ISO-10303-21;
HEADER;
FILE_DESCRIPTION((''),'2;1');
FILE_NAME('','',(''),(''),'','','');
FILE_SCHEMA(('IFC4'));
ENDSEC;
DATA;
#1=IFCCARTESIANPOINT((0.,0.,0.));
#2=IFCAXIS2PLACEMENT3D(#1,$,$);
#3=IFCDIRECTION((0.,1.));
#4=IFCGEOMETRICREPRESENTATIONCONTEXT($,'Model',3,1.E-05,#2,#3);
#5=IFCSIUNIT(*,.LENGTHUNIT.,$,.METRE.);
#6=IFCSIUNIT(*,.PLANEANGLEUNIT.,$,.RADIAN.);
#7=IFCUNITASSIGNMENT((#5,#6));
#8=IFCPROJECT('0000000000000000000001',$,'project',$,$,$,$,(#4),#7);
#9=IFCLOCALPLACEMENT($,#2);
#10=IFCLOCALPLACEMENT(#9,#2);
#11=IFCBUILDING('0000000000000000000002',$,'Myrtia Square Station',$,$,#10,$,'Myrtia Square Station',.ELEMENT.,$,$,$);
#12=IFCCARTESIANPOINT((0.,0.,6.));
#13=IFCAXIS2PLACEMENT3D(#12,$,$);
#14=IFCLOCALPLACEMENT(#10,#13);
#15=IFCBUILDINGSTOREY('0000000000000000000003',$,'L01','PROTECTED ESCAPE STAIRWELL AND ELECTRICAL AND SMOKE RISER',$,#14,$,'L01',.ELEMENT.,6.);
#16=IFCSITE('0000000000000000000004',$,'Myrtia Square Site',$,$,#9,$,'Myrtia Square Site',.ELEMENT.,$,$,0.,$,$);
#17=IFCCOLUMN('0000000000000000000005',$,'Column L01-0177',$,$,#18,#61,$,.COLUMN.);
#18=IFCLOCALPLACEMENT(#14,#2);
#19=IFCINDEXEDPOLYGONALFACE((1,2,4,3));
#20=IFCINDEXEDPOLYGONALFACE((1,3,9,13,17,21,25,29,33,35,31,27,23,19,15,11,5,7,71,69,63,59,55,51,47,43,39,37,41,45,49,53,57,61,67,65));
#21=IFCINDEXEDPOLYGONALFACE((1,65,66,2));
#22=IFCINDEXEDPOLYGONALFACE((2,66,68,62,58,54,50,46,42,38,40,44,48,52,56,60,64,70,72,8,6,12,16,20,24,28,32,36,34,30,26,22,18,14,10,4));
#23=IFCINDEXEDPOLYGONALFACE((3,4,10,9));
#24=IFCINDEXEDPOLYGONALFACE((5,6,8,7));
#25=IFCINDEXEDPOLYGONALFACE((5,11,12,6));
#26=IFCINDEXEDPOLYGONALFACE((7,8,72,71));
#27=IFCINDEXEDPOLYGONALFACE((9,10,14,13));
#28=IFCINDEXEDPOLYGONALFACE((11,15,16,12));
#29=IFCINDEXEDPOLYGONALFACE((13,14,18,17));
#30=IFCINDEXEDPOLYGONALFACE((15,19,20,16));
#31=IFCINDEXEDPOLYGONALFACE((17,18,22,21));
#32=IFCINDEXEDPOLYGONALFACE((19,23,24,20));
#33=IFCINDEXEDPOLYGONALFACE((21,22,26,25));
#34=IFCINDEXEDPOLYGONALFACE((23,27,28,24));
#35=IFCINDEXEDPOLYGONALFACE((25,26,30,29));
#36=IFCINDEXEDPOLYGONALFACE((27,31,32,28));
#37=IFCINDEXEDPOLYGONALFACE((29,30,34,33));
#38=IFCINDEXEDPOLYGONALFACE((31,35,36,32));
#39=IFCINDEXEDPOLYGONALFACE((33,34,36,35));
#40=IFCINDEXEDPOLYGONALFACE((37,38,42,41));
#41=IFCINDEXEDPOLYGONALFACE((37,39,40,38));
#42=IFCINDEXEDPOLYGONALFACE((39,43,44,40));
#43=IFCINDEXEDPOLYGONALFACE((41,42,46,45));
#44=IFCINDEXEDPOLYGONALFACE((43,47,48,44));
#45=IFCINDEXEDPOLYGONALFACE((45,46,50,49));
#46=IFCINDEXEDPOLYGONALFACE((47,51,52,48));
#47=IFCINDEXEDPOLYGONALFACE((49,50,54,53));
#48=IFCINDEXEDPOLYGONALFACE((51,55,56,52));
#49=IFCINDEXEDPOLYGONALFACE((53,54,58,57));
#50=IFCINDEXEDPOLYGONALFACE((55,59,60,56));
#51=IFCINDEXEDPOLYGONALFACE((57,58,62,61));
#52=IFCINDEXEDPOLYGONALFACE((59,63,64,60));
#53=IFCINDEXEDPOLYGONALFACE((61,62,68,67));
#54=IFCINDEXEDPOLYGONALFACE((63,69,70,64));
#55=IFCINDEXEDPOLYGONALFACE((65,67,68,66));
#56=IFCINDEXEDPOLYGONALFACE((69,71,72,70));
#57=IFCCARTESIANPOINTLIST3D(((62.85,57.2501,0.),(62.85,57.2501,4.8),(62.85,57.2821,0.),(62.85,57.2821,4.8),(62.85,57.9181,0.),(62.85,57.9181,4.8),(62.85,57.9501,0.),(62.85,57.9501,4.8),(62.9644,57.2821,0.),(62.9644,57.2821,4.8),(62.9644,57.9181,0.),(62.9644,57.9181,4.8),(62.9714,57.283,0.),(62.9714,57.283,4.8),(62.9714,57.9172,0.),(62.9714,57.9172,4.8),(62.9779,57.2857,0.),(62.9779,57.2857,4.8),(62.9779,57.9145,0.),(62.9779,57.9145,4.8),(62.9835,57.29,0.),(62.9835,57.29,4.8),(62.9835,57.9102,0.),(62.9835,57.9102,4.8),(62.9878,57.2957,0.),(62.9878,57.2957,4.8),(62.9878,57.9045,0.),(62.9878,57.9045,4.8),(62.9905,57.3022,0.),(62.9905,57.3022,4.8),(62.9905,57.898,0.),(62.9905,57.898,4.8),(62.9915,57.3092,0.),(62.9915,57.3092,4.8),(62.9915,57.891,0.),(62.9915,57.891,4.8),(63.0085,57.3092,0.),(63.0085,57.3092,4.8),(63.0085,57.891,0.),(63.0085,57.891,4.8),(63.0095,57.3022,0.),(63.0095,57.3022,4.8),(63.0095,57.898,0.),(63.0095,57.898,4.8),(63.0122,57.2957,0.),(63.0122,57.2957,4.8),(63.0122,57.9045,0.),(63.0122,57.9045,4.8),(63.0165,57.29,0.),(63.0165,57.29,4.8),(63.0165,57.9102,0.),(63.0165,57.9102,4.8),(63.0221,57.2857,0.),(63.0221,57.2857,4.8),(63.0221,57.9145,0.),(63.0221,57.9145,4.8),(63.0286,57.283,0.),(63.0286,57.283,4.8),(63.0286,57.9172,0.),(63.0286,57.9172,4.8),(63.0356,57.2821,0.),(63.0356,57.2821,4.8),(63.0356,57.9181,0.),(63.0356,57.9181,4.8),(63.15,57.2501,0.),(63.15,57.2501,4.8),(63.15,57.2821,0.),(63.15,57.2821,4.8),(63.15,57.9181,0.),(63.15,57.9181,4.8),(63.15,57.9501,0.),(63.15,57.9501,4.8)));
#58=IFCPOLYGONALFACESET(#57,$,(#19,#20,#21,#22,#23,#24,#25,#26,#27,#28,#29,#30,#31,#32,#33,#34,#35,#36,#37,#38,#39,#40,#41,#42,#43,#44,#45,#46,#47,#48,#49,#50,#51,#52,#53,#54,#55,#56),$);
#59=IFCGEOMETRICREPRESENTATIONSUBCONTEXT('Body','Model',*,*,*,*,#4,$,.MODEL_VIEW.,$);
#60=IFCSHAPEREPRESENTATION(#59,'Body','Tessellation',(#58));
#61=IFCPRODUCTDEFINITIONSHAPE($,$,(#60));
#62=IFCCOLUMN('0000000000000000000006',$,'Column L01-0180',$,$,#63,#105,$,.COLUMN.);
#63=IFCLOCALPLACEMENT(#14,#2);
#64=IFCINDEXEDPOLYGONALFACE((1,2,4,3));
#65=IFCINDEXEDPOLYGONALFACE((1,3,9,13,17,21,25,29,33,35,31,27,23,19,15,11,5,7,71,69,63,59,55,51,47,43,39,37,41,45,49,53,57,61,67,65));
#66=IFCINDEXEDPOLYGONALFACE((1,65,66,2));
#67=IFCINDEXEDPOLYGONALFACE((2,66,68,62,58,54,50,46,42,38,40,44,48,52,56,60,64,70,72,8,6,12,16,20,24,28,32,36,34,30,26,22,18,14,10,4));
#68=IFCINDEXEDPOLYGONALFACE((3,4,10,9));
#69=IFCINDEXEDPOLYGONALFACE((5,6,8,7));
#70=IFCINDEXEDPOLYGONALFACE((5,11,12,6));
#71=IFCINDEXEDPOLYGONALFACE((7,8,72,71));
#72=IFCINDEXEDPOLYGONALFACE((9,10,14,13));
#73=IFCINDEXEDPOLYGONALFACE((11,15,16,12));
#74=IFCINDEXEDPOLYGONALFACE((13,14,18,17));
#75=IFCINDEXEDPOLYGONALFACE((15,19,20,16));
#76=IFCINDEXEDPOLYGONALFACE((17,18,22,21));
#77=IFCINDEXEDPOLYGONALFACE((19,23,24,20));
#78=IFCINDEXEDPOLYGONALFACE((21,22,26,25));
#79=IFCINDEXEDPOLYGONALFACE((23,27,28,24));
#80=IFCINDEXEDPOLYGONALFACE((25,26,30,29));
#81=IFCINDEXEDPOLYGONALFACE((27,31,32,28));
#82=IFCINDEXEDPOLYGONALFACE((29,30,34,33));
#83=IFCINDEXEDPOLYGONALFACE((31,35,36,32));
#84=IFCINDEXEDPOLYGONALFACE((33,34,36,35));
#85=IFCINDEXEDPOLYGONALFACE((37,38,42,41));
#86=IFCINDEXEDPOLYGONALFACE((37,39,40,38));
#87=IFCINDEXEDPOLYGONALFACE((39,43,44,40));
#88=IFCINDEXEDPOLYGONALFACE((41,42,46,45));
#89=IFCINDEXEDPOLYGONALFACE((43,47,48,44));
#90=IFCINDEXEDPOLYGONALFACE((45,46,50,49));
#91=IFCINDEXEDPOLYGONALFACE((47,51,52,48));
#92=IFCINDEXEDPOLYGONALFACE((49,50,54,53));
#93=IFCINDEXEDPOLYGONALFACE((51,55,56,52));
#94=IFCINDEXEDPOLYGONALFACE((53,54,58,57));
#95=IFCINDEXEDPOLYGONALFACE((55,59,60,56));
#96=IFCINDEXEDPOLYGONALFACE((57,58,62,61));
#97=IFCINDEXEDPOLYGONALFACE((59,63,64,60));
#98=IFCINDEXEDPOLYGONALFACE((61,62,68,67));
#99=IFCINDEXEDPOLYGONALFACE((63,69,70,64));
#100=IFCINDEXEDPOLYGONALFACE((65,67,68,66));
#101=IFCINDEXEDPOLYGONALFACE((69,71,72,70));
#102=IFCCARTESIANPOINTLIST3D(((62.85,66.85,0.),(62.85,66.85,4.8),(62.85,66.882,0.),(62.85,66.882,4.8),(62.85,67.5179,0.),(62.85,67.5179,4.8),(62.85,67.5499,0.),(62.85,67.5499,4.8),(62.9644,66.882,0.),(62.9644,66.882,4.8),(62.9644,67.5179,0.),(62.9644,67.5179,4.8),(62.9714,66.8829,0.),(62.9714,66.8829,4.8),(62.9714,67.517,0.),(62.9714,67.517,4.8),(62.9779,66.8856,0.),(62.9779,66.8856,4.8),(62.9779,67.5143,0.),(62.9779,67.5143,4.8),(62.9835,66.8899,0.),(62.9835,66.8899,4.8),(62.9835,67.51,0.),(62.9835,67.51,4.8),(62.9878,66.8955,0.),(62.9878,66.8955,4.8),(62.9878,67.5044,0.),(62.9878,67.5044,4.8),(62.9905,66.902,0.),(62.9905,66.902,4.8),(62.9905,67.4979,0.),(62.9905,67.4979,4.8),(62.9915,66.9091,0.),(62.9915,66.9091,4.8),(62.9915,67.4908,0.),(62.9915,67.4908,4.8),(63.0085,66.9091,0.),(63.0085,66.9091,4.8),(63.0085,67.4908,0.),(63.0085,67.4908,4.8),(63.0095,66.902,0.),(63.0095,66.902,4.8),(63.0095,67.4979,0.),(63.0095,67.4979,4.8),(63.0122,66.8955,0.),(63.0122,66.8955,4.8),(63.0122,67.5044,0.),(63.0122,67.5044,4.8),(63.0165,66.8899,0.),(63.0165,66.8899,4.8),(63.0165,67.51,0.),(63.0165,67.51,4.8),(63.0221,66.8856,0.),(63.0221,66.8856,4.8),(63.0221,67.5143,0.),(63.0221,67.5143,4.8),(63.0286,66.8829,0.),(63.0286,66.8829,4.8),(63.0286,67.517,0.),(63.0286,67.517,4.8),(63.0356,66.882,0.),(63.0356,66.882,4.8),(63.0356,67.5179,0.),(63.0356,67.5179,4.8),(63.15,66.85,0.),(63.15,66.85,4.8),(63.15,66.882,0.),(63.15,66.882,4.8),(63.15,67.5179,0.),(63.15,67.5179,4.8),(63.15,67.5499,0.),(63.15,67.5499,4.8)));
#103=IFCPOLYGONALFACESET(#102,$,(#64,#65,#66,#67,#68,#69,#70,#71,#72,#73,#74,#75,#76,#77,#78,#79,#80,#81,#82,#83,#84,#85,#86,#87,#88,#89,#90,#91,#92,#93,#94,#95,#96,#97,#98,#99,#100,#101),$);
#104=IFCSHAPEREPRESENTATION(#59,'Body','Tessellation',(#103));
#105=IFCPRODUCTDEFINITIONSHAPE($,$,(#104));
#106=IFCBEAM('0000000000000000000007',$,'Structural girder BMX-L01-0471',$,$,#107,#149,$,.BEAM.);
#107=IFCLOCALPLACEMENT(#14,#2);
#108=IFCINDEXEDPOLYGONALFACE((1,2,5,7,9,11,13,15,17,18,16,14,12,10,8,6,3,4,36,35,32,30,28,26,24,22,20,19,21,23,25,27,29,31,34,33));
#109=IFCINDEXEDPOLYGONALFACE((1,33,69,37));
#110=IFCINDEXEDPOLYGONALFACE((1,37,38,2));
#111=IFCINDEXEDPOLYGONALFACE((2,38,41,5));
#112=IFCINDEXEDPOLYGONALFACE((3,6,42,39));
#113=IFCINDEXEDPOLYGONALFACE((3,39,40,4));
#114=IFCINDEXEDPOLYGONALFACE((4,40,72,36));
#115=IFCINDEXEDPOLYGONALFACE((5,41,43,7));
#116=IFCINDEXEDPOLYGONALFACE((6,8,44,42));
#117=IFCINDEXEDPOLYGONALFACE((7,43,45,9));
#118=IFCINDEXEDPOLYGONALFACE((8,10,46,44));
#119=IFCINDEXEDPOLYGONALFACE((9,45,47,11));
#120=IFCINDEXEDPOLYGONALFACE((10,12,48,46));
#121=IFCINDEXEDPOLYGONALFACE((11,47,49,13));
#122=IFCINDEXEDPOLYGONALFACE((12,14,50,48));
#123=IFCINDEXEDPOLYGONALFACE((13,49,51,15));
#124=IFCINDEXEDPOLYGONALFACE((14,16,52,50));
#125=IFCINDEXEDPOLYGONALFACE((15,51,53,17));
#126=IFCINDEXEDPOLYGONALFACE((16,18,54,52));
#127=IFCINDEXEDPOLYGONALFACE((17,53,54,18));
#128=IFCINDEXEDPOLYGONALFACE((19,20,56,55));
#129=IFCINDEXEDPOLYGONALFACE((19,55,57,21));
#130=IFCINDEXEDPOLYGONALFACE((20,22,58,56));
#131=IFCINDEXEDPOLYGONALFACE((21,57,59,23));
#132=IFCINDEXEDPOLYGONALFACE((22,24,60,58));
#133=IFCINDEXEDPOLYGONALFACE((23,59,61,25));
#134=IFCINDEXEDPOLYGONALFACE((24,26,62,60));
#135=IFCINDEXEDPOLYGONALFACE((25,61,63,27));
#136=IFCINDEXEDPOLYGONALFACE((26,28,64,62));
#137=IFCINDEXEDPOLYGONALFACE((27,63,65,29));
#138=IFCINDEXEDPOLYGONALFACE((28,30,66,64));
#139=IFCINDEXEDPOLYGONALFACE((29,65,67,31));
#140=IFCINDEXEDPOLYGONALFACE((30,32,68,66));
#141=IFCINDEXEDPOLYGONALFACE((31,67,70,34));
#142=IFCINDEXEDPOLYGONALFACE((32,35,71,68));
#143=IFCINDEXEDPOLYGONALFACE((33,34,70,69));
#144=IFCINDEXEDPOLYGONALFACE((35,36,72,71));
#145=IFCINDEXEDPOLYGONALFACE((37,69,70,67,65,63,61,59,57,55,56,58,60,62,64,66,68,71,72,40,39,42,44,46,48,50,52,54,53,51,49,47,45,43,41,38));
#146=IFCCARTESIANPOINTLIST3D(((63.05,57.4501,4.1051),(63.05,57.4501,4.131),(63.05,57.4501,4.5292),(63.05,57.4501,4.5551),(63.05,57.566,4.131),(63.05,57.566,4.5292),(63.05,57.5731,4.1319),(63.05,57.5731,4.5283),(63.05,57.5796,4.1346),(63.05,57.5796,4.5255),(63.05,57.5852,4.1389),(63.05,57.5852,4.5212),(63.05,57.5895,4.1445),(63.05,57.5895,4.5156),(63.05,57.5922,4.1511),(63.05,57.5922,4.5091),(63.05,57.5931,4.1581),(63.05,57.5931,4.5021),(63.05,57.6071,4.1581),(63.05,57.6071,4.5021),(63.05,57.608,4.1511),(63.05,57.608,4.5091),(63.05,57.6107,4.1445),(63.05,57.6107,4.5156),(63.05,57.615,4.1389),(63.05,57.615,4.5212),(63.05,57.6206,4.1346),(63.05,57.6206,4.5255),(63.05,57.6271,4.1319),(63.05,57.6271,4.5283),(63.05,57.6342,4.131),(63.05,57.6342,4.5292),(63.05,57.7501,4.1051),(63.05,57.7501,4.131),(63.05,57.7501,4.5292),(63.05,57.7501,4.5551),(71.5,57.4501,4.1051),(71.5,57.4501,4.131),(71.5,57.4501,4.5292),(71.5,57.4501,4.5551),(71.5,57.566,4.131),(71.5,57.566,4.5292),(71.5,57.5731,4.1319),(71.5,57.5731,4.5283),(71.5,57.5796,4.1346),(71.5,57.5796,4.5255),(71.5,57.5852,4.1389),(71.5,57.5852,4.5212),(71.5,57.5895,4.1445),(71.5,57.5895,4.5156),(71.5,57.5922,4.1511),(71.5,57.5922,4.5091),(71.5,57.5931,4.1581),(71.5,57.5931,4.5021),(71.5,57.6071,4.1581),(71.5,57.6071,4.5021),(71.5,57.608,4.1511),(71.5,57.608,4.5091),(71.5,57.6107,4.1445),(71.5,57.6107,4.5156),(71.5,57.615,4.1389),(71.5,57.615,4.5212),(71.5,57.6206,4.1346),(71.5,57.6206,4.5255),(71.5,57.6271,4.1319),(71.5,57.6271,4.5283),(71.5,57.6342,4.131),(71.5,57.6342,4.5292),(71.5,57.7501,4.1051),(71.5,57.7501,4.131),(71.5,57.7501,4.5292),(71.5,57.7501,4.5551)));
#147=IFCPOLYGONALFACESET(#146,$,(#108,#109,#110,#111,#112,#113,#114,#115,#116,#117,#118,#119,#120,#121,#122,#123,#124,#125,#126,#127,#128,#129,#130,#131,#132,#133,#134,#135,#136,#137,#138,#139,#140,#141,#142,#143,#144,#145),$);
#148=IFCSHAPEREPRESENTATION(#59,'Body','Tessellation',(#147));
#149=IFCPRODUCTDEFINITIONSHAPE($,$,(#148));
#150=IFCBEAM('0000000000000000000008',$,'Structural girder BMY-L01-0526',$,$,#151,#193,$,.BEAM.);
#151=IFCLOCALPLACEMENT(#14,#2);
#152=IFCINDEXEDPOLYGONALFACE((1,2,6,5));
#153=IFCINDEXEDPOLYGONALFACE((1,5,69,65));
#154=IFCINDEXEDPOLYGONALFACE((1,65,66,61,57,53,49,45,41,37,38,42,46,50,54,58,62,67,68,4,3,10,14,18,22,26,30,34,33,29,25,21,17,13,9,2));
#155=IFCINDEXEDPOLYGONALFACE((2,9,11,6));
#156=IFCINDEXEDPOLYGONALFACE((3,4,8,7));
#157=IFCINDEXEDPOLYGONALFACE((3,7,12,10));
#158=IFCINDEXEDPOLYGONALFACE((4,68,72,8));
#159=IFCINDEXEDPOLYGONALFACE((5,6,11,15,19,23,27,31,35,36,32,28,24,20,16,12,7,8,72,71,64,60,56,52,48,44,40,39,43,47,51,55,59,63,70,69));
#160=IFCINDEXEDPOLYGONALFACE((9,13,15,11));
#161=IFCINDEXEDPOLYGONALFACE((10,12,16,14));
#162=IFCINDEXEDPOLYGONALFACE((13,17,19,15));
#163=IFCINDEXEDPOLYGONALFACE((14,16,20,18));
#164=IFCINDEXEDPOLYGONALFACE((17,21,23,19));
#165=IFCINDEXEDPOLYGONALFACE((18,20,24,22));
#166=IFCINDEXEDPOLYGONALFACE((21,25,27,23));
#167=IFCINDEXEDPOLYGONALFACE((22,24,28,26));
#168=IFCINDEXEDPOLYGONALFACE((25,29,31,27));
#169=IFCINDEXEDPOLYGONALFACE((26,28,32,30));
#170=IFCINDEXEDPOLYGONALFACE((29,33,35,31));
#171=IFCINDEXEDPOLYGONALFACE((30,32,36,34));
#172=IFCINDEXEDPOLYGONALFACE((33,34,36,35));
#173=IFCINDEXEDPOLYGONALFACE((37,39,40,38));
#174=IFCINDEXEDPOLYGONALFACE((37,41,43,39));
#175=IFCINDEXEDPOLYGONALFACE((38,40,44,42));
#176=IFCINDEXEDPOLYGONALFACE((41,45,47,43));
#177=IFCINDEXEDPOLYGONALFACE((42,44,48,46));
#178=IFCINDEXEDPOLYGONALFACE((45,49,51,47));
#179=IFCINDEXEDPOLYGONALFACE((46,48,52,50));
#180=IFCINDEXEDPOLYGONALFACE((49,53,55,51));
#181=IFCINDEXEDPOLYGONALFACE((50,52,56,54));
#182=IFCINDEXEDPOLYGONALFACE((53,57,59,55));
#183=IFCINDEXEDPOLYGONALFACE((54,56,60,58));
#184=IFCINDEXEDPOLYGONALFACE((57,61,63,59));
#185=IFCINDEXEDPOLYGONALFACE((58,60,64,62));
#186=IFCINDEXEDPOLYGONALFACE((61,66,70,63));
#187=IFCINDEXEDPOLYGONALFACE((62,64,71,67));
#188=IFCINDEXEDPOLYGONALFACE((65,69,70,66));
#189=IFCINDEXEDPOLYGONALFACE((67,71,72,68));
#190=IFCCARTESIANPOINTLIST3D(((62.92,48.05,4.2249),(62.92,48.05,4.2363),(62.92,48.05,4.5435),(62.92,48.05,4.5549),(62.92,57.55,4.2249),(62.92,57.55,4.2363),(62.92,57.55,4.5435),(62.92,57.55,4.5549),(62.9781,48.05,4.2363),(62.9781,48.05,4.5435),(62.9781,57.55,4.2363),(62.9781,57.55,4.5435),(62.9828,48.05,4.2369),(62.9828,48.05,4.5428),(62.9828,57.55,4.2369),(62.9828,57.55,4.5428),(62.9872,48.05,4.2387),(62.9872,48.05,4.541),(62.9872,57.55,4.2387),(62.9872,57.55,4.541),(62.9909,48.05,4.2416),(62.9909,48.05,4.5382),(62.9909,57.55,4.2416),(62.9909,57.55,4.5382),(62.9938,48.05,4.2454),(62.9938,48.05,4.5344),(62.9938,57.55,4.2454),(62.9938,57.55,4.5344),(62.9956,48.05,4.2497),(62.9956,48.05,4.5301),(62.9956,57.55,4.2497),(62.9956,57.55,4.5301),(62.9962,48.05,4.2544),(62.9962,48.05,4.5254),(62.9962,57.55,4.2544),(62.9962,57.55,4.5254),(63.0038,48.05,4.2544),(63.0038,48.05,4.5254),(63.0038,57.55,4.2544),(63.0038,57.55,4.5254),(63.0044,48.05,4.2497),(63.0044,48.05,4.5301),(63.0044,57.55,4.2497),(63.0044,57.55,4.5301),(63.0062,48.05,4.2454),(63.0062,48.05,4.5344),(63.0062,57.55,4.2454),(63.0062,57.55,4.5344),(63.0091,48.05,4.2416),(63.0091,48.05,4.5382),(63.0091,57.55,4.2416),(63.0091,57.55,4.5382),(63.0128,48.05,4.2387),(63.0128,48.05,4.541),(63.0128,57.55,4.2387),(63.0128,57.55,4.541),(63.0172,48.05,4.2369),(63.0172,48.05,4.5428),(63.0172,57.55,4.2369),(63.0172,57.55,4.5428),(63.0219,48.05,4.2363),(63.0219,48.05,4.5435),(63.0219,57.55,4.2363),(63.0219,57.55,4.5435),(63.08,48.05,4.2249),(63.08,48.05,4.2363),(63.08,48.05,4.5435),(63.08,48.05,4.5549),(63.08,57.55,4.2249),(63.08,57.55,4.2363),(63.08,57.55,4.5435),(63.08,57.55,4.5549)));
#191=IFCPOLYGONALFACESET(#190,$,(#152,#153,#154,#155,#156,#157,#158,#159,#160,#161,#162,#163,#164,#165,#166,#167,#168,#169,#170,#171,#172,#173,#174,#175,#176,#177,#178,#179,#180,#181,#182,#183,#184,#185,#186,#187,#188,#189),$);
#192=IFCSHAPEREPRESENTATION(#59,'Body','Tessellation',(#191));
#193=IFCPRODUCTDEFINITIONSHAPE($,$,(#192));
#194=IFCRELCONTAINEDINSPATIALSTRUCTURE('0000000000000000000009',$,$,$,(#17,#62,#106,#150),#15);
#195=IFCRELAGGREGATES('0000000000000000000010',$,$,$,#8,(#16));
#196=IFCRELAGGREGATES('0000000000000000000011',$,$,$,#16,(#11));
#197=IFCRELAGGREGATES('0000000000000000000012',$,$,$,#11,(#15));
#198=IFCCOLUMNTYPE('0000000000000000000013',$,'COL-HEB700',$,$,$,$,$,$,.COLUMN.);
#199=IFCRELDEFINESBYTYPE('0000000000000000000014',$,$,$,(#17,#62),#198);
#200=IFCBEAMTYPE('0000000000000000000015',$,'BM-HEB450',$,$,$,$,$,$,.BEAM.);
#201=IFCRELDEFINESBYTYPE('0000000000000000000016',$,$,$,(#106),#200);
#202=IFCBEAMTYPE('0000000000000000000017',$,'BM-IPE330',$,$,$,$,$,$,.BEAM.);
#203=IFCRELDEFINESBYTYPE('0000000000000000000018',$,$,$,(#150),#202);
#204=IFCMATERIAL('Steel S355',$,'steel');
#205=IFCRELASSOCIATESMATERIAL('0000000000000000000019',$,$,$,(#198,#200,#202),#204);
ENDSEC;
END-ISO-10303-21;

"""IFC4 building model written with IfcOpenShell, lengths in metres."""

from ifc_helpers import new_model, si_unit, direction, frame, origin, origin_2d, place, context, subcontext, project, spatial, i_section, extrude, material, material_profile, profile_set, type_object, element, save


model = new_model("IFC4")

# Units and contexts
model_context = context("Model", 3, precision=1e-05, world=origin(), true_north=direction((0.0, 1.0)))
body_context = subcontext(model_context, "Body", "Model", "MODEL_VIEW")
ifc_project = project(units=[si_unit("LENGTHUNIT", "METRE"), si_unit("PLANEANGLEUNIT", "RADIAN")], contexts=[model_context])

# Site, building, storey
site_placement = place(None, origin())
site = spatial("IfcSite", under=ifc_project, at=site_placement, Name="Myrtia Square Site", LongName="Myrtia Square Site", CompositionType="ELEMENT", RefElevation=0.0)
building_placement = place(site_placement, origin())
building = spatial("IfcBuilding", under=site, at=building_placement, Name="Myrtia Square Station", LongName="Myrtia Square Station", CompositionType="ELEMENT")
storey_placement = place(building_placement, frame((0.0, 0.0, 6.0)))
storey = spatial("IfcBuildingStorey", under=building, at=storey_placement, Name="L01", Description="PROTECTED ESCAPE STAIRWELL AND ELECTRICAL AND SMOKE RISER", LongName="L01", CompositionType="ELEMENT", Elevation=6.0)

# Columns
ifc_material_1 = material(Name="Steel S355", Category="steel")
ifc_material_profile_1 = material_profile(ifc_material_1, i_section(OverallWidth=0.3, OverallDepth=0.7, WebThickness=0.0171, FlangeThickness=0.032, FilletRadius=0.0271, at=origin_2d()), Name="HEB 700")
ifc_profile_set_1 = profile_set([ifc_material_profile_1], Name="Steel S355")
column_type = type_object("IfcColumnType", Name="COL-HEB700", PredefinedType="COLUMN", material=ifc_profile_set_1)
for number, where, z_axis, x_axis, name in (
    (1, (63.0, 57.6001, 0.0), (0.0, 0.0, 1.0), (1.0, 0.0, 0.0), "Column L01-0177"),
    (2, (63.0, 67.2, 0.0), (0.0, 0.0, 1.0), (1.0, 0.0, 0.0), "Column L01-0180"),
):
    element("IfcColumn", number, at=place(storey_placement, frame(where, z_axis=z_axis, x_axis=x_axis)), inside=storey, type_object=column_type, Name=name, PredefinedType="COLUMN", context=body_context, shape_type="SweptSolid", body=[
        extrude(i_section(OverallWidth=0.3, OverallDepth=0.7, WebThickness=0.0171, FlangeThickness=0.032, FilletRadius=0.0271, at=origin_2d()), origin(), (0.0, 0.0, 1.0), 4.8),
    ])

# Beams
ifc_material_profile_2 = material_profile(ifc_material_1, i_section(OverallWidth=0.3, OverallDepth=0.45, WebThickness=0.0139, FlangeThickness=0.0259, FilletRadius=0.0271, at=origin_2d()), Name="HEB 450")
ifc_profile_set_2 = profile_set([ifc_material_profile_2], Name="Steel S355")
beam_type_1 = type_object("IfcBeamType", Name="BM-HEB450", PredefinedType="BEAM", material=ifc_profile_set_2)
beam_placement = place(storey_placement, frame((63.05, 57.6001, 4.3301), z_axis=(1.0, 0.0, 0.0), x_axis=(0.0, 1.0, 0.0)))
element("IfcBeam", 3, at=beam_placement, inside=storey, type_object=beam_type_1, Name="Structural girder BMX-L01-0471", PredefinedType="BEAM", context=body_context, shape_type="SweptSolid", body=[
    extrude(i_section(OverallWidth=0.3, OverallDepth=0.45, WebThickness=0.0139, FlangeThickness=0.0259, FilletRadius=0.0271, at=origin_2d()), origin(), (0.0, 0.0, 1.0), 8.45),
])
ifc_material_profile_3 = material_profile(ifc_material_1, i_section(OverallWidth=0.1599, OverallDepth=0.3301, WebThickness=0.0076, FlangeThickness=0.0115, FilletRadius=0.0181, at=origin_2d()), Name="IPE 330")
ifc_profile_set_3 = profile_set([ifc_material_profile_3], Name="Steel S355")
beam_type_2 = type_object("IfcBeamType", Name="BM-IPE330", PredefinedType="BEAM", material=ifc_profile_set_3)
for number, where, z_axis, x_axis, name in (
    (4, (63.0, 48.05, 4.3899), (0.0, 1.0, 0.0), (-1.0, 0.0, 0.0), "Structural girder BMY-L01-0526"),
):
    element("IfcBeam", number, at=place(storey_placement, frame(where, z_axis=z_axis, x_axis=x_axis)), inside=storey, type_object=beam_type_2, Name=name, PredefinedType="BEAM", context=body_context, shape_type="SweptSolid", body=[
        extrude(i_section(OverallWidth=0.1599, OverallDepth=0.3301, WebThickness=0.0076, FlangeThickness=0.0115, FilletRadius=0.0181, at=origin_2d()), origin(), (0.0, 0.0, 1.0), 9.5),
    ])

save(model, "model.ifc")
